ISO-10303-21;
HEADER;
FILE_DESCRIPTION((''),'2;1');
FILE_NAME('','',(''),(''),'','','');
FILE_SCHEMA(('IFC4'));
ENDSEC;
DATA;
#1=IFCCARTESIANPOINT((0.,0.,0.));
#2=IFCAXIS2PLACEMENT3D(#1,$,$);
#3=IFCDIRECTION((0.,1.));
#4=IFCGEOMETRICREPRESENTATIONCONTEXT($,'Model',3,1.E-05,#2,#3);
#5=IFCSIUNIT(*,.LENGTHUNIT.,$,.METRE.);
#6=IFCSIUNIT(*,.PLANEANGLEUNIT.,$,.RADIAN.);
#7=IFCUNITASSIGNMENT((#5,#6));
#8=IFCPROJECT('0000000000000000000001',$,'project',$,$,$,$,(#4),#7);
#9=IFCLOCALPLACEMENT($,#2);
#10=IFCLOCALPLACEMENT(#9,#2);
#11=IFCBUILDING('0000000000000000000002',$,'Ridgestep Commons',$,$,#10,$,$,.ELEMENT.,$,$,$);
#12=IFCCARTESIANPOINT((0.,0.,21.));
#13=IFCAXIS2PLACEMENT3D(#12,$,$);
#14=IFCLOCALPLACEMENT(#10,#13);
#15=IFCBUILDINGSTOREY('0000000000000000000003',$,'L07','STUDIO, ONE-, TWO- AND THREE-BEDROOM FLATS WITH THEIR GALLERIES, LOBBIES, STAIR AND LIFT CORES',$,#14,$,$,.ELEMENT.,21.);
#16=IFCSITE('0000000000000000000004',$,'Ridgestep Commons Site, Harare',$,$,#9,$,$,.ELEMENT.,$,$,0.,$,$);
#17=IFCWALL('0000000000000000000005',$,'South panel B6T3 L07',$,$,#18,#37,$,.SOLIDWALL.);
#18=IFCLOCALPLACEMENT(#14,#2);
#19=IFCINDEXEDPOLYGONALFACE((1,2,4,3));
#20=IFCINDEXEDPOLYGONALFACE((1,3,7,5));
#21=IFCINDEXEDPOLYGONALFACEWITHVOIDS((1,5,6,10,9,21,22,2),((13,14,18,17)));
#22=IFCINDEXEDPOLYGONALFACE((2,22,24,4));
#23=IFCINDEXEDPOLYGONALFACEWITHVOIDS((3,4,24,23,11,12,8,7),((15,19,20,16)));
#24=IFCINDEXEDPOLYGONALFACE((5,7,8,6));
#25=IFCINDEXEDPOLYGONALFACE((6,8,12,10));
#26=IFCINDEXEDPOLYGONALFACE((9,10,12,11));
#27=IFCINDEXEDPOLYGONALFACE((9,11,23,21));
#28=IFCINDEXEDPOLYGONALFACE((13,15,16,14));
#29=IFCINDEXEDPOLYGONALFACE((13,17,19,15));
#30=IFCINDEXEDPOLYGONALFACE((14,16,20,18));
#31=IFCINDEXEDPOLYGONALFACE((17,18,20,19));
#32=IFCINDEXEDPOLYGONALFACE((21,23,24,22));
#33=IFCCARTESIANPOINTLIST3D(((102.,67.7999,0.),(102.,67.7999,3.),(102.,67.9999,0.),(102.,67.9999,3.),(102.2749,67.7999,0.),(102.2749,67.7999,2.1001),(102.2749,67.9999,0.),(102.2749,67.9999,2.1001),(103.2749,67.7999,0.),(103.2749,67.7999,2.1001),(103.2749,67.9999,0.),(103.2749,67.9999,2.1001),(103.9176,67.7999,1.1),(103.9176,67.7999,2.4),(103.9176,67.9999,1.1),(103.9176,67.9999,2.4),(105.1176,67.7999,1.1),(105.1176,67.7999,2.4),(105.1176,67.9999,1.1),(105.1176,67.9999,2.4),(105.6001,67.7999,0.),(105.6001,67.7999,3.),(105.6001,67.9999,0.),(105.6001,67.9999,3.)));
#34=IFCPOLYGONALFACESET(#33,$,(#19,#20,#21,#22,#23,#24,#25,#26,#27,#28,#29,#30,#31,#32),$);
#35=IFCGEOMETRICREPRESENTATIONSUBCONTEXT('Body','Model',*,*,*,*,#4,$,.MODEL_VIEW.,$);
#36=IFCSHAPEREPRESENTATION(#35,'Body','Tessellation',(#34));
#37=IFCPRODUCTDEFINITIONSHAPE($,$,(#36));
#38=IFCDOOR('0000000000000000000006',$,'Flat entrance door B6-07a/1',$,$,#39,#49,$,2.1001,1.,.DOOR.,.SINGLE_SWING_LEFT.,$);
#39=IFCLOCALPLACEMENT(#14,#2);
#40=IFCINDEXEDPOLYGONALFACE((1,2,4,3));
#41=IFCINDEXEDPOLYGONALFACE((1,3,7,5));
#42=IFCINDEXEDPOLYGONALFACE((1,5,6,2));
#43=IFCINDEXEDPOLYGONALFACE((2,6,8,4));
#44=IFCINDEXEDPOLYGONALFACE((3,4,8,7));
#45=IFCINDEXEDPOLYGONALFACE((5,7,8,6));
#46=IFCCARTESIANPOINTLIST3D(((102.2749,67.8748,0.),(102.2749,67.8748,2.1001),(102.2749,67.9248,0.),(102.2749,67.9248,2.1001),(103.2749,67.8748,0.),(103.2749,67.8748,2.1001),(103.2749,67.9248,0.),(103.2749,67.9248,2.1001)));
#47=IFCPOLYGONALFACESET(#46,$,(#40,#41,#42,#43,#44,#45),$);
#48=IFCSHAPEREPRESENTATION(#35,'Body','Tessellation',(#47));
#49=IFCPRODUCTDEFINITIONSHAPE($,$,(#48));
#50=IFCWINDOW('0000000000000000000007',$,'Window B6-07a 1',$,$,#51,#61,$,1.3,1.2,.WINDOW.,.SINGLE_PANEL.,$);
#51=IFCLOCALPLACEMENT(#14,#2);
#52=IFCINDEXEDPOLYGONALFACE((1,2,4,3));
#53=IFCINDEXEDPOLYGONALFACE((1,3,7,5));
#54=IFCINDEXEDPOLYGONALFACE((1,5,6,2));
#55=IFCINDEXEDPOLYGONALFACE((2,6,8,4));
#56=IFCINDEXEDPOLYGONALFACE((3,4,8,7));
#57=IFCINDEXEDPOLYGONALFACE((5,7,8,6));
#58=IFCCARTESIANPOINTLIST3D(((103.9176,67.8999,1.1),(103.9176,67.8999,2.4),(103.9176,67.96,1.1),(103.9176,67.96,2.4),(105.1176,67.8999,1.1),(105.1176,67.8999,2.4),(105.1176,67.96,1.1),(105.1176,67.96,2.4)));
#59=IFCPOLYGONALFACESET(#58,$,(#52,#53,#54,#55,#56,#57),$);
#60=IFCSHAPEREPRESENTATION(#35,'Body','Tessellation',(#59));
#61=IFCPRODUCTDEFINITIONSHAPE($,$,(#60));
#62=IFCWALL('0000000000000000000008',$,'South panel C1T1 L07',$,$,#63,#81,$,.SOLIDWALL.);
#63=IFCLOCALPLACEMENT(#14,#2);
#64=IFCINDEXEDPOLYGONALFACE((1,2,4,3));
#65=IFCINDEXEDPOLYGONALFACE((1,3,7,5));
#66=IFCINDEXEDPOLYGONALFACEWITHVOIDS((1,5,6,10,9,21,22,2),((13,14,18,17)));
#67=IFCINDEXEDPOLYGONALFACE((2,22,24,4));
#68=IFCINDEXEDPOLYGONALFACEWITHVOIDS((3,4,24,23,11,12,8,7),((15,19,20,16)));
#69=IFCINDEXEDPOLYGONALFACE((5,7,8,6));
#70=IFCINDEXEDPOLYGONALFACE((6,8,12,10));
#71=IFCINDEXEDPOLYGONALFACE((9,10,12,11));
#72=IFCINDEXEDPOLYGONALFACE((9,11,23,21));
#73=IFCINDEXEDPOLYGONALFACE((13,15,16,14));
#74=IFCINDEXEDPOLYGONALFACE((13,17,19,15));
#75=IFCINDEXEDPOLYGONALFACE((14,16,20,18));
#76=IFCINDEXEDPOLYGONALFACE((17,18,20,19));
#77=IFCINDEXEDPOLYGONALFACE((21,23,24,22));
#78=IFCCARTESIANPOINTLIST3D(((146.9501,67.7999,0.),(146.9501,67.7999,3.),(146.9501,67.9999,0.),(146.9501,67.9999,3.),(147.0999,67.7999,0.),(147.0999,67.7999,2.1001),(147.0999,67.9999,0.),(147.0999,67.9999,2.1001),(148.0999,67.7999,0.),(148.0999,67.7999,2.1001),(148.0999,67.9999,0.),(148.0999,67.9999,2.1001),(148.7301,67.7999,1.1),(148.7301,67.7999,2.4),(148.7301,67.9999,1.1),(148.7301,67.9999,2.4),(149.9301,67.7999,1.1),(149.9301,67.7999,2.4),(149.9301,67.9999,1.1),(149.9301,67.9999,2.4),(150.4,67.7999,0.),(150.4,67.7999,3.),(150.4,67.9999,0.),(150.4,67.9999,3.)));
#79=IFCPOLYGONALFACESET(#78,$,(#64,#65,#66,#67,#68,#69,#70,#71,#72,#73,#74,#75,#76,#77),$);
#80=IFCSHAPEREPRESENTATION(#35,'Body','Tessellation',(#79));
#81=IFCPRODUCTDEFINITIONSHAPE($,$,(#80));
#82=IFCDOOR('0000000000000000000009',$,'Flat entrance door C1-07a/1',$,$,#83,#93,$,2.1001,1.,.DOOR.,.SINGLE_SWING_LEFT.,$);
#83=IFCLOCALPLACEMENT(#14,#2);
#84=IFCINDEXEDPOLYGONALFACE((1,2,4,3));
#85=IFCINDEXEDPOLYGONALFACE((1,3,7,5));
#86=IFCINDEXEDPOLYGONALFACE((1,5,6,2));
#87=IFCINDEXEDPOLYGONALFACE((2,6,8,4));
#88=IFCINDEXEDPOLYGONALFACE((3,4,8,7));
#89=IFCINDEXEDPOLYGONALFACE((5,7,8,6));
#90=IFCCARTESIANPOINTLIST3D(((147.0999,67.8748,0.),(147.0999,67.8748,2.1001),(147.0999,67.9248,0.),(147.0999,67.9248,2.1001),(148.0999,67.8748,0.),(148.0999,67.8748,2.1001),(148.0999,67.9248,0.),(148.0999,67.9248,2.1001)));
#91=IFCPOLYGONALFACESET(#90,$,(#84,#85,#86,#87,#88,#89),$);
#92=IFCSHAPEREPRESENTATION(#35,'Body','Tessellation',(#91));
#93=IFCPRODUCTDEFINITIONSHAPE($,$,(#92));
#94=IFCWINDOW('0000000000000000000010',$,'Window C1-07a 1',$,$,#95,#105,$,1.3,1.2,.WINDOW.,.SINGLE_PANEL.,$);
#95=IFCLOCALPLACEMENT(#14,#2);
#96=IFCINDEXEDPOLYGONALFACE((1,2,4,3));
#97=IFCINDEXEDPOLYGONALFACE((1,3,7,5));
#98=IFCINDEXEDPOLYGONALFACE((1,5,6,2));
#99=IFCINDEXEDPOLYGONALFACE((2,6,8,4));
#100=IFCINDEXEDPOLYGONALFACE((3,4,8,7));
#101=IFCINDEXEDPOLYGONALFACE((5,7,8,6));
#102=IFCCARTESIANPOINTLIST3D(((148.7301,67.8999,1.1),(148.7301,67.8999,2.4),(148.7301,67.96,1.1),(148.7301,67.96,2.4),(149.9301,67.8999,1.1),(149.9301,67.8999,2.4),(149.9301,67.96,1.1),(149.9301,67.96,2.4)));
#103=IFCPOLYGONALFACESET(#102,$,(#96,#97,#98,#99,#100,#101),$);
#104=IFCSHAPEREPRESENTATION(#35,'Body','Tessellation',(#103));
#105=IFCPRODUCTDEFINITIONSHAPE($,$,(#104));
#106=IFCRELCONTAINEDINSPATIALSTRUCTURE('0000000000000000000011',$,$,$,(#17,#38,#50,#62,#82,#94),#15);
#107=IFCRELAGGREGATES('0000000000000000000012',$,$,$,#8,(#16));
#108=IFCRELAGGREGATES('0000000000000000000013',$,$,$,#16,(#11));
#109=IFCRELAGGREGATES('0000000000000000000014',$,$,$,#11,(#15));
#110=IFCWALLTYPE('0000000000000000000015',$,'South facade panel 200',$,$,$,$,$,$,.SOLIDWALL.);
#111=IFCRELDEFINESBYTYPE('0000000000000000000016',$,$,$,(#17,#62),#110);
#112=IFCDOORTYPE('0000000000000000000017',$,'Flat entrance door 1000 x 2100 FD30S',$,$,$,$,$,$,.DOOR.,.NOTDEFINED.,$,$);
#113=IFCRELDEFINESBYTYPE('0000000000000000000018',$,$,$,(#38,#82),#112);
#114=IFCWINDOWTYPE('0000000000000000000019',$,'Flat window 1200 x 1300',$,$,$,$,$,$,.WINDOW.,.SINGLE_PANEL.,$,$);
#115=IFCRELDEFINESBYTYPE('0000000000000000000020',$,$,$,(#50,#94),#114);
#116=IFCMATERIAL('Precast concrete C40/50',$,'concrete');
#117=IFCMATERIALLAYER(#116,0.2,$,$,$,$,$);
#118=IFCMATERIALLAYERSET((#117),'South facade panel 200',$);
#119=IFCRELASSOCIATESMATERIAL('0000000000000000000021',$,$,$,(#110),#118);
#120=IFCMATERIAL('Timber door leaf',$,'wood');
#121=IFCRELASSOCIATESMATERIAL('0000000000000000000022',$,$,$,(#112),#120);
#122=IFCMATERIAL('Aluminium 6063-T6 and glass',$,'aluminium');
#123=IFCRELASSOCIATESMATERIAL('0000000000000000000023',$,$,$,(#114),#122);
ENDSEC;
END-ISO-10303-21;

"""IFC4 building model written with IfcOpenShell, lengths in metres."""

from ifc_helpers import new_model, si_unit, direction, frame, frame_2d, origin, place, context, subcontext, project, spatial, rectangle, extrude, material, layer, layer_set, type_object, element, fill, save


model = new_model("IFC4")

# Units and contexts
model_context = context("Model", 3, precision=1e-05, world=origin(), true_north=direction((0.0, 1.0)))
body_context = subcontext(model_context, "Body", "Model", "MODEL_VIEW")
ifc_project = project(units=[si_unit("LENGTHUNIT", "METRE"), si_unit("PLANEANGLEUNIT", "RADIAN")], contexts=[model_context])

# Site, building, storey
site_placement = place(None, origin())
site = spatial("IfcSite", under=ifc_project, at=site_placement, Name="Ridgestep Commons Site, Harare", CompositionType="ELEMENT", RefElevation=0.0)
building_placement = place(site_placement, origin())
building = spatial("IfcBuilding", under=site, at=building_placement, Name="Ridgestep Commons", CompositionType="ELEMENT")
storey_placement = place(building_placement, frame((0.0, 0.0, 21.0)))
storey = spatial("IfcBuildingStorey", under=building, at=storey_placement, Name="L07", Description="STUDIO, ONE-, TWO- AND THREE-BEDROOM FLATS WITH THEIR GALLERIES, LOBBIES, STAIR AND LIFT CORES", CompositionType="ELEMENT", Elevation=21.0)

# Walls, openings, doors, windows
ifc_material_1 = material(Name="Precast concrete C40/50", Category="concrete")
ifc_layer_1 = layer(ifc_material_1, 0.2)
ifc_layer_set_1 = layer_set([ifc_layer_1], Name="South facade panel 200")
wall_type_1 = type_object("IfcWallType", Name="South facade panel 200", PredefinedType="SOLIDWALL", material=ifc_layer_set_1)
wall_1_placement = place(storey_placement, frame((102.0, 67.8999, 0.0), z_axis=(0.0, 0.0, 1.0), x_axis=(1.0, 0.0, 0.0)))
wall_1 = element("IfcWall", 1, at=wall_1_placement, inside=storey, type_object=wall_type_1, Name="South panel B6T3 L07", PredefinedType="SOLIDWALL", context=body_context, shape_type="SweptSolid", body=[
    extrude(rectangle(XDim=3.6001, YDim=0.2, at=frame_2d((1.8, 0.0))), origin(), (0.0, 0.0, 1.0), 3.0),
])
opening_1_placement = place(wall_1_placement, frame((1.9175, 0.0, 1.1001)))
opening_1 = element("IfcOpeningElement", 2, at=opening_1_placement, cuts=wall_1, PredefinedType="OPENING", context=body_context, shape_type="SweptSolid", body=[
    extrude(rectangle(XDim=1.2, YDim=1.3, at=frame_2d((0.6001, 0.6499))), frame((0.0, 0.1099, 0.0), z_axis=(0.0, -1.0, 0.0), x_axis=(1.0, 0.0, 0.0)), (0.0, 0.0, 1.0), 0.22),
])
opening_2_placement = place(wall_1_placement, frame((0.2749, 0.0, 0.0)))
opening_2 = element("IfcOpeningElement", 3, at=opening_2_placement, cuts=wall_1, PredefinedType="OPENING", context=body_context, shape_type="SweptSolid", body=[
    extrude(rectangle(XDim=1.0, YDim=2.1001, at=frame_2d((0.5, 1.05))), frame((0.0, 0.1099, 0.0), z_axis=(0.0, -1.0, 0.0), x_axis=(1.0, 0.0, 0.0)), (0.0, 0.0, 1.0), 0.22),
])
ifc_material_2 = material(Name="Timber door leaf", Category="wood")
door_type_1 = type_object("IfcDoorType", Name="Flat entrance door 1000 x 2100 FD30S", OperationType="NOTDEFINED", PredefinedType="DOOR", material=ifc_material_2)
door_1_placement = place(opening_2_placement, origin())
door_1 = element("IfcDoor", 4, at=door_1_placement, inside=storey, type_object=door_type_1, Name="Flat entrance door B6-07a/1", OperationType="SINGLE_SWING_LEFT", OverallHeight=2.1001, OverallWidth=1.0, PredefinedType="DOOR", context=body_context, shape_type="SweptSolid", body=[
    extrude(rectangle(XDim=1.0, YDim=2.1001, at=frame_2d((0.5, 1.05))), frame((0.0, 0.0249, 0.0), z_axis=(0.0, -1.0, 0.0), x_axis=(1.0, 0.0, 0.0)), (0.0, 0.0, 1.0), 0.05),
])
fill(opening_2, door_1)
ifc_material_3 = material(Name="Aluminium 6063-T6 and glass", Category="aluminium")
window_type = type_object("IfcWindowType", Name="Flat window 1200 x 1300", PartitioningType="SINGLE_PANEL", PredefinedType="WINDOW", material=ifc_material_3)
window_1_placement = place(opening_1_placement, origin())
window_1 = element("IfcWindow", 5, at=window_1_placement, inside=storey, type_object=window_type, Name="Window B6-07a 1", OverallHeight=1.3, OverallWidth=1.2, PartitioningType="SINGLE_PANEL", PredefinedType="WINDOW", context=body_context, shape_type="SweptSolid", body=[
    extrude(rectangle(XDim=1.2, YDim=1.3, at=frame_2d((0.6001, 0.6499))), frame((0.0, 0.0601, 0.0), z_axis=(0.0, -1.0, 0.0), x_axis=(1.0, 0.0, 0.0)), (0.0, 0.0, 1.0), 0.0601),
])
fill(opening_1, window_1)
wall_2_placement = place(storey_placement, frame((146.95, 67.8999, 0.0), z_axis=(0.0, 0.0, 1.0), x_axis=(1.0, 0.0, 0.0)))
wall_2 = element("IfcWall", 6, at=wall_2_placement, inside=storey, type_object=wall_type_1, Name="South panel C1T1 L07", PredefinedType="SOLIDWALL", context=body_context, shape_type="SweptSolid", body=[
    extrude(rectangle(XDim=3.45, YDim=0.2, at=frame_2d((1.7251, 0.0))), origin(), (0.0, 0.0, 1.0), 3.0),
])
opening_3_placement = place(wall_2_placement, frame((1.78, 0.0, 1.1001)))
opening_3 = element("IfcOpeningElement", 7, at=opening_3_placement, cuts=wall_2, PredefinedType="OPENING", context=body_context, shape_type="SweptSolid", body=[
    extrude(rectangle(XDim=1.2, YDim=1.3, at=frame_2d((0.6001, 0.6499))), frame((0.0, 0.1099, 0.0), z_axis=(0.0, -1.0, 0.0), x_axis=(1.0, 0.0, 0.0)), (0.0, 0.0, 1.0), 0.22),
])
opening_4_placement = place(wall_2_placement, frame((0.1499, 0.0, 0.0)))
opening_4 = element("IfcOpeningElement", 8, at=opening_4_placement, cuts=wall_2, PredefinedType="OPENING", context=body_context, shape_type="SweptSolid", body=[
    extrude(rectangle(XDim=1.0, YDim=2.1001, at=frame_2d((0.5, 1.05))), frame((0.0, 0.1099, 0.0), z_axis=(0.0, -1.0, 0.0), x_axis=(1.0, 0.0, 0.0)), (0.0, 0.0, 1.0), 0.22),
])
door_2_placement = place(opening_4_placement, origin())
door_2 = element("IfcDoor", 9, at=door_2_placement, inside=storey, type_object=door_type_1, Name="Flat entrance door C1-07a/1", OperationType="SINGLE_SWING_LEFT", OverallHeight=2.1001, OverallWidth=1.0, PredefinedType="DOOR", context=body_context, shape_type="SweptSolid", body=[
    extrude(rectangle(XDim=1.0, YDim=2.1001, at=frame_2d((0.5, 1.05))), frame((0.0, 0.0249, 0.0), z_axis=(0.0, -1.0, 0.0), x_axis=(1.0, 0.0, 0.0)), (0.0, 0.0, 1.0), 0.05),
])
fill(opening_4, door_2)
window_2_placement = place(opening_3_placement, origin())
window_2 = element("IfcWindow", 10, at=window_2_placement, inside=storey, type_object=window_type, Name="Window C1-07a 1", OverallHeight=1.3, OverallWidth=1.2, PartitioningType="SINGLE_PANEL", PredefinedType="WINDOW", context=body_context, shape_type="SweptSolid", body=[
    extrude(rectangle(XDim=1.2, YDim=1.3, at=frame_2d((0.6001, 0.6499))), frame((0.0, 0.0601, 0.0), z_axis=(0.0, -1.0, 0.0), x_axis=(1.0, 0.0, 0.0)), (0.0, 0.0, 1.0), 0.0601),
])
fill(opening_3, window_2)

save(model, "model.ifc")
